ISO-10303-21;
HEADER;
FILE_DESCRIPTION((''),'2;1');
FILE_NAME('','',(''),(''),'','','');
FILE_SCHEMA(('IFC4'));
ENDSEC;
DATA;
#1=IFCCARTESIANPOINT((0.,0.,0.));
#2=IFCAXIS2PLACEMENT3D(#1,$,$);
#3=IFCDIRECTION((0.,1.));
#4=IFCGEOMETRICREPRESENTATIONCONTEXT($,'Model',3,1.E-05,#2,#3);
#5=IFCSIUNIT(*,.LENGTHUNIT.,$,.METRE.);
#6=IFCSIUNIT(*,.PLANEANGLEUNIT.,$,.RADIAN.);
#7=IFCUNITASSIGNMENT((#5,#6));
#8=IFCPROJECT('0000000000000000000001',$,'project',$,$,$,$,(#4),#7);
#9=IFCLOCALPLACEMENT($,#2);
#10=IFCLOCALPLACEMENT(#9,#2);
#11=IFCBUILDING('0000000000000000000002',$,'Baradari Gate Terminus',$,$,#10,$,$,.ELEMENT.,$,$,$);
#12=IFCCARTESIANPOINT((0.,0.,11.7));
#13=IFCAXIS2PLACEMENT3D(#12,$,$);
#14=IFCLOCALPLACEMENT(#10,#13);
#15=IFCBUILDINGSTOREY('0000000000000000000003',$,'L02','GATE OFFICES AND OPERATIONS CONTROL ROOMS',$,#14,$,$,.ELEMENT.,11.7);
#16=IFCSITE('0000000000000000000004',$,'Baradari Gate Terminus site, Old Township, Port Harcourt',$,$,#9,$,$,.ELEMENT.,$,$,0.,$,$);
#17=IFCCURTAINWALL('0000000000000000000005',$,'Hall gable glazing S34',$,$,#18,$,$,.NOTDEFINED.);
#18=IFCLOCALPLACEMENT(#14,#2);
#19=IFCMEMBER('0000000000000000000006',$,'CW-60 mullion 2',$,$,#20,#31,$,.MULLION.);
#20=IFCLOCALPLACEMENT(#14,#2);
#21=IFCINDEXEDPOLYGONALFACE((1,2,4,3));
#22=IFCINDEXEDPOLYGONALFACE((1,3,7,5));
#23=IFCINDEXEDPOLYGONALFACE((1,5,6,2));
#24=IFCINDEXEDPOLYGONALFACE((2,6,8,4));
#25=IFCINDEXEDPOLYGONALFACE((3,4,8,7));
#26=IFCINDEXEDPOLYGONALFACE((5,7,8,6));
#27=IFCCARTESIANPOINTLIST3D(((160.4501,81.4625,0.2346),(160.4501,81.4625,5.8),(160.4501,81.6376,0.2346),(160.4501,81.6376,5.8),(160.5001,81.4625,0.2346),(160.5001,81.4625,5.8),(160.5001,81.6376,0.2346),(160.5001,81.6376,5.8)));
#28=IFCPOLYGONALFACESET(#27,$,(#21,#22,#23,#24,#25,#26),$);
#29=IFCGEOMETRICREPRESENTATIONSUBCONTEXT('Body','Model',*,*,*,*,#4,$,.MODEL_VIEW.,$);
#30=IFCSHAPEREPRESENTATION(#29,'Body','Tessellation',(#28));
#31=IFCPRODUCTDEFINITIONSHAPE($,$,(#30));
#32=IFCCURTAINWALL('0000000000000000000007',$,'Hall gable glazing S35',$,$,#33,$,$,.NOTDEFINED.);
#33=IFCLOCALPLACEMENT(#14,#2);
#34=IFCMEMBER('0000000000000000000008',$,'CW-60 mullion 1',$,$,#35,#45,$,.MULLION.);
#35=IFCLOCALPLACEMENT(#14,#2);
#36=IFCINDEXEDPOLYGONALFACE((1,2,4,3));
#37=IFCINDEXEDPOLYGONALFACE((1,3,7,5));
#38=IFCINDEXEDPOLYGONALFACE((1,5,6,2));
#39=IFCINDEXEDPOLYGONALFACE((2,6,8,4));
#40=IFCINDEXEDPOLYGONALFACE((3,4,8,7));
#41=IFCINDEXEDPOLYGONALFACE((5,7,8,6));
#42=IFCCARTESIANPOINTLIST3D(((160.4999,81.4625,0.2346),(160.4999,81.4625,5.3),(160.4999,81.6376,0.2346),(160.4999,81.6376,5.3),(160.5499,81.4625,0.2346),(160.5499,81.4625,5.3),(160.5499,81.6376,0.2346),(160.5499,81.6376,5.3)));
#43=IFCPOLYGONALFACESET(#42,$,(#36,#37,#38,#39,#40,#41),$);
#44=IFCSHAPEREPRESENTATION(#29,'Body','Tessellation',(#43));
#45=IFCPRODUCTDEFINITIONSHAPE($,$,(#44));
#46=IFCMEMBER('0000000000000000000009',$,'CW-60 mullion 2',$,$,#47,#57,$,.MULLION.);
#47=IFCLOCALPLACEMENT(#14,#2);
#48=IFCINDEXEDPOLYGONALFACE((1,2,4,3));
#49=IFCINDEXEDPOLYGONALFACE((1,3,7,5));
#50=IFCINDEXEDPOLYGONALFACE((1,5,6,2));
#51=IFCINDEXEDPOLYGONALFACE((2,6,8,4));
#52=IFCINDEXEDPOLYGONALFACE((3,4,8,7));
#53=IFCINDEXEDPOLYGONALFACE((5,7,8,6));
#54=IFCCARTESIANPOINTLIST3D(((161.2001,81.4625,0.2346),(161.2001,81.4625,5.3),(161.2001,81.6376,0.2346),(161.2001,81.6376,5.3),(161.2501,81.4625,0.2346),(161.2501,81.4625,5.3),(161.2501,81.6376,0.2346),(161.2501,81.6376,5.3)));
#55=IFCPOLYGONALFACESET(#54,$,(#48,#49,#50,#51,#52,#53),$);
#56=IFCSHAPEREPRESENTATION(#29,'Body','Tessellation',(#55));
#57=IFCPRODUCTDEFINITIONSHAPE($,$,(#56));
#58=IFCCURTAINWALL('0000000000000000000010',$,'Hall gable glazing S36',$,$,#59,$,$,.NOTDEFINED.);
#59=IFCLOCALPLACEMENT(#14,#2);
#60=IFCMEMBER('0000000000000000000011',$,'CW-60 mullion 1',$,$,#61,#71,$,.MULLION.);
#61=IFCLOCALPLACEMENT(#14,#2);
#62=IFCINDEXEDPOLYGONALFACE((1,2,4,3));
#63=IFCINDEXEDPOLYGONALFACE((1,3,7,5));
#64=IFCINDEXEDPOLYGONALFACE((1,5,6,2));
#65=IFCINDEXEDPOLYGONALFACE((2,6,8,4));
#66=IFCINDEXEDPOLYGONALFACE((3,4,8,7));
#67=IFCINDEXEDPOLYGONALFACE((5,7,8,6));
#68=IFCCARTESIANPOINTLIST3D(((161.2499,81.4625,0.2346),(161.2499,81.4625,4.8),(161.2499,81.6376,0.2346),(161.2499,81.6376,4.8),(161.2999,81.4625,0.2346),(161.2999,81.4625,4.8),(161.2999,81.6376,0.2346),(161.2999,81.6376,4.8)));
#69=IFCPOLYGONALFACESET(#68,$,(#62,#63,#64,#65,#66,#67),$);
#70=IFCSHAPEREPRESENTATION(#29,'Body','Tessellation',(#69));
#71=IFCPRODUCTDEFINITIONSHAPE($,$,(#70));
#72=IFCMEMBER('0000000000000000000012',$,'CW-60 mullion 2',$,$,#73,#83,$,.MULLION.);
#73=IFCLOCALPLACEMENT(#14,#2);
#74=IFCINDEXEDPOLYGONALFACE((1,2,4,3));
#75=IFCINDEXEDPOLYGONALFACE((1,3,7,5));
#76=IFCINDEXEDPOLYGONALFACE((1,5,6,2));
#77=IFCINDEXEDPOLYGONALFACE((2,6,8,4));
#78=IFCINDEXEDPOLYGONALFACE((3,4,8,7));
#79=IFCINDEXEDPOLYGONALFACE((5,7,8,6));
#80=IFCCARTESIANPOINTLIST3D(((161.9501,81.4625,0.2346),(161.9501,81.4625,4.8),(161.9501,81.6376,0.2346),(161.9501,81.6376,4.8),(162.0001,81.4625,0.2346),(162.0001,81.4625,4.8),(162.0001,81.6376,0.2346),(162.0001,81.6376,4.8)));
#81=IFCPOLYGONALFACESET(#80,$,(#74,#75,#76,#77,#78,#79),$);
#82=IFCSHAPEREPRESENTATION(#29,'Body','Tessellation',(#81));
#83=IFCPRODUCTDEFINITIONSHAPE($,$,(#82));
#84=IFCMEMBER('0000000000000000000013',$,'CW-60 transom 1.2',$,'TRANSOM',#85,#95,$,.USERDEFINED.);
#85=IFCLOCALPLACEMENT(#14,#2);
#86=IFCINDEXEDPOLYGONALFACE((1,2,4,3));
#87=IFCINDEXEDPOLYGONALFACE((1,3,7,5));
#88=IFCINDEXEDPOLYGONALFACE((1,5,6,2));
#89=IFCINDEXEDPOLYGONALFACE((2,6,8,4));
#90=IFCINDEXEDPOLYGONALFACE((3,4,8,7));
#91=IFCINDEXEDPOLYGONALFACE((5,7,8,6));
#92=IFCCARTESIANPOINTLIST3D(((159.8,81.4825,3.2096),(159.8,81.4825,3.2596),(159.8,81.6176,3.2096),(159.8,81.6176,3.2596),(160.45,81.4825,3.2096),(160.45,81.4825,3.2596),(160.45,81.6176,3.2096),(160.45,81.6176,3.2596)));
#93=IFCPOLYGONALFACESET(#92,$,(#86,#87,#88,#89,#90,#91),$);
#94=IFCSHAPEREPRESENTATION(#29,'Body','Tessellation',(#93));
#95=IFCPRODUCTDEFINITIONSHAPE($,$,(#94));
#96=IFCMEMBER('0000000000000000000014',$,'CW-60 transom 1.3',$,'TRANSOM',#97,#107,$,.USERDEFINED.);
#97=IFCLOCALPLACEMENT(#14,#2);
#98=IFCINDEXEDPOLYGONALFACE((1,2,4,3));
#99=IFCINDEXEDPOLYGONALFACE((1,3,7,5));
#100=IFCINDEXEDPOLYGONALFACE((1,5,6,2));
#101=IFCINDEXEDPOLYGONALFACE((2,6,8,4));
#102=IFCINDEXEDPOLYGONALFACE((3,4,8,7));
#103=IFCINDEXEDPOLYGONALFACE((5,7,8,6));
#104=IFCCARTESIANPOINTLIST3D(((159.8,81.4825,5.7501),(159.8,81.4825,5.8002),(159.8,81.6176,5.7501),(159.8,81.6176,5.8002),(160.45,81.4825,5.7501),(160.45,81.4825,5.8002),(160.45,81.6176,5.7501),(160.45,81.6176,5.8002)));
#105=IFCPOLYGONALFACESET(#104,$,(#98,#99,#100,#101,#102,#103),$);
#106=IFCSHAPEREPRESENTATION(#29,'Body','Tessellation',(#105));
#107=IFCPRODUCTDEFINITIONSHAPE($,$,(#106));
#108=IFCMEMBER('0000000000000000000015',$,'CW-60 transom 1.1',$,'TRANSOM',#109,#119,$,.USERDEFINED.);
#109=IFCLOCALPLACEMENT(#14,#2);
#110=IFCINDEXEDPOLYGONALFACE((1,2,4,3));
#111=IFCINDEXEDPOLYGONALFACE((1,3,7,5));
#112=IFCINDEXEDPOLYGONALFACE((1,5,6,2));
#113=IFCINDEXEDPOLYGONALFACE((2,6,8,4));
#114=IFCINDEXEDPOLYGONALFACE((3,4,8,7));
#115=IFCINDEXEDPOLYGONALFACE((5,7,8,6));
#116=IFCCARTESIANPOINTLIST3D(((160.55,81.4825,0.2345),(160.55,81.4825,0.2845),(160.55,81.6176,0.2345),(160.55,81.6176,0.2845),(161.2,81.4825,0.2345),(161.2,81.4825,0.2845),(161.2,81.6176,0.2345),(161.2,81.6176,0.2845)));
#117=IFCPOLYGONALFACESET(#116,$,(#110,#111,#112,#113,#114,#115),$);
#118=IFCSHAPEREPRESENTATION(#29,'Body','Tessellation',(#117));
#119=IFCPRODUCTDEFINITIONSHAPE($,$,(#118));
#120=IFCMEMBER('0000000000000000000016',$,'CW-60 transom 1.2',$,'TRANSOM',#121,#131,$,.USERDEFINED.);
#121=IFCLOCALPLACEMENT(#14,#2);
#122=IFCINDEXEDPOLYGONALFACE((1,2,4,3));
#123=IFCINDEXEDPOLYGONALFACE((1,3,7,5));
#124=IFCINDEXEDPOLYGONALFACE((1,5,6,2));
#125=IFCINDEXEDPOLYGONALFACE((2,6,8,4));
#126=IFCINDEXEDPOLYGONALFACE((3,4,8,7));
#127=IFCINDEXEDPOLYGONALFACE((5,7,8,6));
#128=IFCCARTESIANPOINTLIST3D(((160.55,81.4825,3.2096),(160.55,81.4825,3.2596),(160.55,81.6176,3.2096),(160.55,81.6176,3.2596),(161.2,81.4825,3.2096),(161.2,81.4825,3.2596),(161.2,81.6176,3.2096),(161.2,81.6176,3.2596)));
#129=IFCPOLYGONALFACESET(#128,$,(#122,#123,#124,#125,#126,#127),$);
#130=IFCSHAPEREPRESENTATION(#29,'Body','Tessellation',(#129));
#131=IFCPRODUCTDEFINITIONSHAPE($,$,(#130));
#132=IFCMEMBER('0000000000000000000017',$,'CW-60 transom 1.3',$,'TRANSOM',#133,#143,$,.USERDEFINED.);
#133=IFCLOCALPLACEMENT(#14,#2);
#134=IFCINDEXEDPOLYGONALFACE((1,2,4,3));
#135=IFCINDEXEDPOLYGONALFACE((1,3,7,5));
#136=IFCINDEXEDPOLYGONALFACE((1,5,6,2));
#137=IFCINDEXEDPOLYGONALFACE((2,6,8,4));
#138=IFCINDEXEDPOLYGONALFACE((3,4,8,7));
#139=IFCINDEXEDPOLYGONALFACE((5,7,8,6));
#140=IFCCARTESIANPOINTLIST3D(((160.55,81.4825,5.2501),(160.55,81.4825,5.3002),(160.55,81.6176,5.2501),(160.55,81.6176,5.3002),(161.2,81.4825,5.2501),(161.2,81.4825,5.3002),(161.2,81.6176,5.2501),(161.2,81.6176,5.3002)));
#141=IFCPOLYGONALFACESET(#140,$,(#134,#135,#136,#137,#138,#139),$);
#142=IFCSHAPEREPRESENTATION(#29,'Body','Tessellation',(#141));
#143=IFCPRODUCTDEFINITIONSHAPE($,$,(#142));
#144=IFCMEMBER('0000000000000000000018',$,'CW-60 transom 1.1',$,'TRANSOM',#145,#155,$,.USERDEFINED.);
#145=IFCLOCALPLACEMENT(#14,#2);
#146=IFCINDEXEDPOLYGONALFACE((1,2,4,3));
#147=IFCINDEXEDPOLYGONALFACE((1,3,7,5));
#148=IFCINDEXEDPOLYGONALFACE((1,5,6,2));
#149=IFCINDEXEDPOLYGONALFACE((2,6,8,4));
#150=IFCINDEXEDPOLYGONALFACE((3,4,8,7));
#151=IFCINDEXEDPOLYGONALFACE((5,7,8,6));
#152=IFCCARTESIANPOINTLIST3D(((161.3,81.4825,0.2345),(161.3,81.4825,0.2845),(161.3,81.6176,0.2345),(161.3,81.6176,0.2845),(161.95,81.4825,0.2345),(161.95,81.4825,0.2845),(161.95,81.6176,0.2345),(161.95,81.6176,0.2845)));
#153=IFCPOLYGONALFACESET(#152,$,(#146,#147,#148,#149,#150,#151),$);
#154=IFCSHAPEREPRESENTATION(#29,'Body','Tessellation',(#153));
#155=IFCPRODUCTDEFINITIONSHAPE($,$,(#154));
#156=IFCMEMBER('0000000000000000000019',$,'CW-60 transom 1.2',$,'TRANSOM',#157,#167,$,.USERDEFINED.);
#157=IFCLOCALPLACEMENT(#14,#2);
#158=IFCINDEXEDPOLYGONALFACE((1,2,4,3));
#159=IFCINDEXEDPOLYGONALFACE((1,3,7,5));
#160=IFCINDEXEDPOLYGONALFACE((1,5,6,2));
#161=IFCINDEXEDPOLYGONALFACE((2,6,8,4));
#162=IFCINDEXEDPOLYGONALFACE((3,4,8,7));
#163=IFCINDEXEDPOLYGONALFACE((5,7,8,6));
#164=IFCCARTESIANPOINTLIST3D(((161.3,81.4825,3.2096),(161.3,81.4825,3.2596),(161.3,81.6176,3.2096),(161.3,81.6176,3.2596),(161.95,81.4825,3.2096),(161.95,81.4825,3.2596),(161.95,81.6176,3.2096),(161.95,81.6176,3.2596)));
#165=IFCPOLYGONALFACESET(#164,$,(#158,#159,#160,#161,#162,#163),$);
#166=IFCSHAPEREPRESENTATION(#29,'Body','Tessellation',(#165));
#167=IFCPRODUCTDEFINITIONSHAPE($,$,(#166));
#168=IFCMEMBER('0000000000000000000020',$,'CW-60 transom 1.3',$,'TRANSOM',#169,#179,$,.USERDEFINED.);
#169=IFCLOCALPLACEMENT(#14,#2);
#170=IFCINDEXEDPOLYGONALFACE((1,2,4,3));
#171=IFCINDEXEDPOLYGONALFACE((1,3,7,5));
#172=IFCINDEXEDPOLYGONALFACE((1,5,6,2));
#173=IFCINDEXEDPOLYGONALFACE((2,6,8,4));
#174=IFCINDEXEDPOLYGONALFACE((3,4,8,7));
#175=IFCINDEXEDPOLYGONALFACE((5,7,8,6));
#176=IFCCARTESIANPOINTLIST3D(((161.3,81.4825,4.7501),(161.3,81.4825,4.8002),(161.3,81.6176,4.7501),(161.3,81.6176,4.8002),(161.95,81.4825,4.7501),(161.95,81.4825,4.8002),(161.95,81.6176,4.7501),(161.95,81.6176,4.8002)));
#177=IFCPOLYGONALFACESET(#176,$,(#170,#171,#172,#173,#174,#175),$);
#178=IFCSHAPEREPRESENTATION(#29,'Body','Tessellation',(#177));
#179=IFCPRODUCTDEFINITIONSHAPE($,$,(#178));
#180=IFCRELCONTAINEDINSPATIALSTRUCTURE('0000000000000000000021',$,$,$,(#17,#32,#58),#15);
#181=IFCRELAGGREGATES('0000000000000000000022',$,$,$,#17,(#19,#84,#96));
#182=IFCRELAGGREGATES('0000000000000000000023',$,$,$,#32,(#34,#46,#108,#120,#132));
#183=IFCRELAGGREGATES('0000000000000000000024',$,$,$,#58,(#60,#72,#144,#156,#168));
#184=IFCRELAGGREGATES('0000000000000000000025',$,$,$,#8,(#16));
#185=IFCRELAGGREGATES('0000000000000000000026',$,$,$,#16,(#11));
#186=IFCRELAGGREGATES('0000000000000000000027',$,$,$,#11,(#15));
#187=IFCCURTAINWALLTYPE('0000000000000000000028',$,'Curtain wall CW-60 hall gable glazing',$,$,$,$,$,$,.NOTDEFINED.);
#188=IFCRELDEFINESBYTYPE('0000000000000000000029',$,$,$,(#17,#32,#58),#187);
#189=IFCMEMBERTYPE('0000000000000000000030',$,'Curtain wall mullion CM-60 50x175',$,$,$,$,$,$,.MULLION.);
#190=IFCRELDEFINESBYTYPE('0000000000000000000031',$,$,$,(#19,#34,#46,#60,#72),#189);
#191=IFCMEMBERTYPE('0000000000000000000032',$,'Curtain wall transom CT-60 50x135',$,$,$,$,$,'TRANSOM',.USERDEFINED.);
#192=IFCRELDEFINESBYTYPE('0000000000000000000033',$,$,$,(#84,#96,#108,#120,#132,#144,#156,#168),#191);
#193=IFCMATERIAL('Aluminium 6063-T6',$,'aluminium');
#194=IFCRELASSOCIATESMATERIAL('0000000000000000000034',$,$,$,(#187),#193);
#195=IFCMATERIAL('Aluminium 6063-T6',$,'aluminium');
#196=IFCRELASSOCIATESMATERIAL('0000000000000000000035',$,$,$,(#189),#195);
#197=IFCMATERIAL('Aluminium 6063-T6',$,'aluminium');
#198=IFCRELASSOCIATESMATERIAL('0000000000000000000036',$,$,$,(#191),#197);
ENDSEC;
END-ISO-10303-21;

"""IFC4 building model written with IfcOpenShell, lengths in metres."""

from ifc_helpers import new_model, si_unit, direction, frame, origin, origin_2d, place, context, subcontext, project, spatial, rectangle, extrude, material, material_profile, profile_set, type_object, element, aggregate, save


model = new_model("IFC4")

# Units and contexts
model_context = context("Model", 3, precision=1e-05, world=origin(), true_north=direction((0.0, 1.0)))
body_context = subcontext(model_context, "Body", "Model", "MODEL_VIEW")
ifc_project = project(units=[si_unit("LENGTHUNIT", "METRE"), si_unit("PLANEANGLEUNIT", "RADIAN")], contexts=[model_context])

# Site, building, storey
site_placement = place(None, origin())
site = spatial("IfcSite", under=ifc_project, at=site_placement, Name="Baradari Gate Terminus site, Old Township, Port Harcourt", CompositionType="ELEMENT", RefElevation=0.0)
building_placement = place(site_placement, origin())
building = spatial("IfcBuilding", under=site, at=building_placement, Name="Baradari Gate Terminus", CompositionType="ELEMENT")
storey_placement = place(building_placement, frame((0.0, 0.0, 11.7)))
storey = spatial("IfcBuildingStorey", under=building, at=storey_placement, Name="L02", Description="GATE OFFICES AND OPERATIONS CONTROL ROOMS", CompositionType="ELEMENT", Elevation=11.7)

# Curtain wall, member
ifc_material_1 = material(Name="Aluminium 6063-T6", Category="aluminium")
curtain_wall_type = type_object("IfcCurtainWallType", Name="Curtain wall CW-60 hall gable glazing", PredefinedType="NOTDEFINED", material=ifc_material_1)
curtain_wall_1_placement = place(storey_placement, origin())
curtain_wall_1 = element("IfcCurtainWall", 1, at=curtain_wall_1_placement, inside=storey, type_object=curtain_wall_type, Name="Hall gable glazing S34", PredefinedType="NOTDEFINED")
ifc_material_2 = material(Name="Aluminium 6063-T6", Category="aluminium")
ifc_material_profile_1 = material_profile(ifc_material_2, rectangle(XDim=0.175, YDim=0.05, at=origin_2d()), Name="CM-60 50X175")
ifc_profile_set_1 = profile_set([ifc_material_profile_1], Name="Aluminium 6063-T6")
member_type_1 = type_object("IfcMemberType", Name="Curtain wall mullion CM-60 50x175", PredefinedType="MULLION", material=ifc_profile_set_1)
member_1_placement = place(storey_placement, frame((160.4751, 81.55, 0.2346), z_axis=(0.0, 0.0, 1.0), x_axis=(0.0, 1.0, 0.0)))
member_1 = element("IfcMember", 2, at=member_1_placement, type_object=member_type_1, Name="CW-60 mullion 2", PredefinedType="MULLION", context=body_context, shape_type="SweptSolid", body=[
    extrude(rectangle(XDim=0.175, YDim=0.05, at=origin_2d()), origin(), (0.0, 0.0, 1.0), 5.5654),
])

# Curtain walls, members
curtain_wall_2_placement = place(storey_placement, origin())
curtain_wall_2 = element("IfcCurtainWall", 3, at=curtain_wall_2_placement, inside=storey, type_object=curtain_wall_type, Name="Hall gable glazing S35", PredefinedType="NOTDEFINED")
member_2_placement = place(storey_placement, frame((160.5249, 81.55, 0.2346), z_axis=(0.0, 0.0, 1.0), x_axis=(0.0, 1.0, 0.0)))
member_2 = element("IfcMember", 4, at=member_2_placement, type_object=member_type_1, Name="CW-60 mullion 1", PredefinedType="MULLION", context=body_context, shape_type="SweptSolid", body=[
    extrude(rectangle(XDim=0.175, YDim=0.05, at=origin_2d()), origin(), (0.0, 0.0, 1.0), 5.0654),
])
member_3_placement = place(storey_placement, frame((161.2251, 81.55, 0.2346), z_axis=(0.0, 0.0, 1.0), x_axis=(0.0, 1.0, 0.0)))
member_3 = element("IfcMember", 5, at=member_3_placement, type_object=member_type_1, Name="CW-60 mullion 2", PredefinedType="MULLION", context=body_context, shape_type="SweptSolid", body=[
    extrude(rectangle(XDim=0.175, YDim=0.05, at=origin_2d()), origin(), (0.0, 0.0, 1.0), 5.0654),
])
curtain_wall_3_placement = place(storey_placement, origin())
curtain_wall_3 = element("IfcCurtainWall", 6, at=curtain_wall_3_placement, inside=storey, type_object=curtain_wall_type, Name="Hall gable glazing S36", PredefinedType="NOTDEFINED")
member_4_placement = place(storey_placement, frame((161.2749, 81.55, 0.2346), z_axis=(0.0, 0.0, 1.0), x_axis=(0.0, 1.0, 0.0)))
member_4 = element("IfcMember", 7, at=member_4_placement, type_object=member_type_1, Name="CW-60 mullion 1", PredefinedType="MULLION", context=body_context, shape_type="SweptSolid", body=[
    extrude(rectangle(XDim=0.175, YDim=0.05, at=origin_2d()), origin(), (0.0, 0.0, 1.0), 4.5654),
])
member_5_placement = place(storey_placement, frame((161.9751, 81.55, 0.2346), z_axis=(0.0, 0.0, 1.0), x_axis=(0.0, 1.0, 0.0)))
member_5 = element("IfcMember", 8, at=member_5_placement, type_object=member_type_1, Name="CW-60 mullion 2", PredefinedType="MULLION", context=body_context, shape_type="SweptSolid", body=[
    extrude(rectangle(XDim=0.175, YDim=0.05, at=origin_2d()), origin(), (0.0, 0.0, 1.0), 4.5654),
])

# Members
ifc_material_3 = material(Name="Aluminium 6063-T6", Category="aluminium")
ifc_material_profile_2 = material_profile(ifc_material_3, rectangle(XDim=0.135, YDim=0.05, at=origin_2d()), Name="CT-60 50X135")
ifc_profile_set_2 = profile_set([ifc_material_profile_2], Name="Aluminium 6063-T6")
member_type_2 = type_object("IfcMemberType", Name="Curtain wall transom CT-60 50x135", ElementType="TRANSOM", PredefinedType="USERDEFINED", material=ifc_profile_set_2)
member_6_placement = place(storey_placement, frame((159.8, 81.55, 3.2346), z_axis=(1.0, 0.0, 0.0), x_axis=(0.0, 1.0, 0.0)))
member_6 = element("IfcMember", 9, at=member_6_placement, type_object=member_type_2, Name="CW-60 transom 1.2", ObjectType="TRANSOM", PredefinedType="USERDEFINED", context=body_context, shape_type="SweptSolid", body=[
    extrude(rectangle(XDim=0.135, YDim=0.05, at=origin_2d()), origin(), (0.0, 0.0, 1.0), 0.6499),
])
member_7_placement = place(storey_placement, frame((159.8, 81.55, 5.7751), z_axis=(1.0, 0.0, 0.0), x_axis=(0.0, 1.0, 0.0)))
member_7 = element("IfcMember", 10, at=member_7_placement, type_object=member_type_2, Name="CW-60 transom 1.3", ObjectType="TRANSOM", PredefinedType="USERDEFINED", context=body_context, shape_type="SweptSolid", body=[
    extrude(rectangle(XDim=0.135, YDim=0.05, at=origin_2d()), origin(), (0.0, 0.0, 1.0), 0.6499),
])
member_8_placement = place(storey_placement, frame((160.55, 81.55, 0.2595), z_axis=(1.0, 0.0, 0.0), x_axis=(0.0, 1.0, 0.0)))
member_8 = element("IfcMember", 11, at=member_8_placement, type_object=member_type_2, Name="CW-60 transom 1.1", ObjectType="TRANSOM", PredefinedType="USERDEFINED", context=body_context, shape_type="SweptSolid", body=[
    extrude(rectangle(XDim=0.135, YDim=0.05, at=origin_2d()), origin(), (0.0, 0.0, 1.0), 0.6499),
])
member_9_placement = place(storey_placement, frame((160.55, 81.55, 3.2346), z_axis=(1.0, 0.0, 0.0), x_axis=(0.0, 1.0, 0.0)))
member_9 = element("IfcMember", 12, at=member_9_placement, type_object=member_type_2, Name="CW-60 transom 1.2", ObjectType="TRANSOM", PredefinedType="USERDEFINED", context=body_context, shape_type="SweptSolid", body=[
    extrude(rectangle(XDim=0.135, YDim=0.05, at=origin_2d()), origin(), (0.0, 0.0, 1.0), 0.6499),
])
member_10_placement = place(storey_placement, frame((160.55, 81.55, 5.2751), z_axis=(1.0, 0.0, 0.0), x_axis=(0.0, 1.0, 0.0)))
member_10 = element("IfcMember", 13, at=member_10_placement, type_object=member_type_2, Name="CW-60 transom 1.3", ObjectType="TRANSOM", PredefinedType="USERDEFINED", context=body_context, shape_type="SweptSolid", body=[
    extrude(rectangle(XDim=0.135, YDim=0.05, at=origin_2d()), origin(), (0.0, 0.0, 1.0), 0.6499),
])
member_11_placement = place(storey_placement, frame((161.3, 81.55, 0.2595), z_axis=(1.0, 0.0, 0.0), x_axis=(0.0, 1.0, 0.0)))
member_11 = element("IfcMember", 14, at=member_11_placement, type_object=member_type_2, Name="CW-60 transom 1.1", ObjectType="TRANSOM", PredefinedType="USERDEFINED", context=body_context, shape_type="SweptSolid", body=[
    extrude(rectangle(XDim=0.135, YDim=0.05, at=origin_2d()), origin(), (0.0, 0.0, 1.0), 0.6499),
])
member_12_placement = place(storey_placement, frame((161.3, 81.55, 3.2346), z_axis=(1.0, 0.0, 0.0), x_axis=(0.0, 1.0, 0.0)))
member_12 = element("IfcMember", 15, at=member_12_placement, type_object=member_type_2, Name="CW-60 transom 1.2", ObjectType="TRANSOM", PredefinedType="USERDEFINED", context=body_context, shape_type="SweptSolid", body=[
    extrude(rectangle(XDim=0.135, YDim=0.05, at=origin_2d()), origin(), (0.0, 0.0, 1.0), 0.6499),
])
member_13_placement = place(storey_placement, frame((161.3, 81.55, 4.7751), z_axis=(1.0, 0.0, 0.0), x_axis=(0.0, 1.0, 0.0)))
member_13 = element("IfcMember", 16, at=member_13_placement, type_object=member_type_2, Name="CW-60 transom 1.3", ObjectType="TRANSOM", PredefinedType="USERDEFINED", context=body_context, shape_type="SweptSolid", body=[
    extrude(rectangle(XDim=0.135, YDim=0.05, at=origin_2d()), origin(), (0.0, 0.0, 1.0), 0.6499),
])

aggregate(curtain_wall_1, [member_1, member_6, member_7])
aggregate(curtain_wall_2, [member_2, member_3, member_8, member_9, member_10])
aggregate(curtain_wall_3, [member_4, member_5, member_11, member_12, member_13])

save(model, "model.ifc")
